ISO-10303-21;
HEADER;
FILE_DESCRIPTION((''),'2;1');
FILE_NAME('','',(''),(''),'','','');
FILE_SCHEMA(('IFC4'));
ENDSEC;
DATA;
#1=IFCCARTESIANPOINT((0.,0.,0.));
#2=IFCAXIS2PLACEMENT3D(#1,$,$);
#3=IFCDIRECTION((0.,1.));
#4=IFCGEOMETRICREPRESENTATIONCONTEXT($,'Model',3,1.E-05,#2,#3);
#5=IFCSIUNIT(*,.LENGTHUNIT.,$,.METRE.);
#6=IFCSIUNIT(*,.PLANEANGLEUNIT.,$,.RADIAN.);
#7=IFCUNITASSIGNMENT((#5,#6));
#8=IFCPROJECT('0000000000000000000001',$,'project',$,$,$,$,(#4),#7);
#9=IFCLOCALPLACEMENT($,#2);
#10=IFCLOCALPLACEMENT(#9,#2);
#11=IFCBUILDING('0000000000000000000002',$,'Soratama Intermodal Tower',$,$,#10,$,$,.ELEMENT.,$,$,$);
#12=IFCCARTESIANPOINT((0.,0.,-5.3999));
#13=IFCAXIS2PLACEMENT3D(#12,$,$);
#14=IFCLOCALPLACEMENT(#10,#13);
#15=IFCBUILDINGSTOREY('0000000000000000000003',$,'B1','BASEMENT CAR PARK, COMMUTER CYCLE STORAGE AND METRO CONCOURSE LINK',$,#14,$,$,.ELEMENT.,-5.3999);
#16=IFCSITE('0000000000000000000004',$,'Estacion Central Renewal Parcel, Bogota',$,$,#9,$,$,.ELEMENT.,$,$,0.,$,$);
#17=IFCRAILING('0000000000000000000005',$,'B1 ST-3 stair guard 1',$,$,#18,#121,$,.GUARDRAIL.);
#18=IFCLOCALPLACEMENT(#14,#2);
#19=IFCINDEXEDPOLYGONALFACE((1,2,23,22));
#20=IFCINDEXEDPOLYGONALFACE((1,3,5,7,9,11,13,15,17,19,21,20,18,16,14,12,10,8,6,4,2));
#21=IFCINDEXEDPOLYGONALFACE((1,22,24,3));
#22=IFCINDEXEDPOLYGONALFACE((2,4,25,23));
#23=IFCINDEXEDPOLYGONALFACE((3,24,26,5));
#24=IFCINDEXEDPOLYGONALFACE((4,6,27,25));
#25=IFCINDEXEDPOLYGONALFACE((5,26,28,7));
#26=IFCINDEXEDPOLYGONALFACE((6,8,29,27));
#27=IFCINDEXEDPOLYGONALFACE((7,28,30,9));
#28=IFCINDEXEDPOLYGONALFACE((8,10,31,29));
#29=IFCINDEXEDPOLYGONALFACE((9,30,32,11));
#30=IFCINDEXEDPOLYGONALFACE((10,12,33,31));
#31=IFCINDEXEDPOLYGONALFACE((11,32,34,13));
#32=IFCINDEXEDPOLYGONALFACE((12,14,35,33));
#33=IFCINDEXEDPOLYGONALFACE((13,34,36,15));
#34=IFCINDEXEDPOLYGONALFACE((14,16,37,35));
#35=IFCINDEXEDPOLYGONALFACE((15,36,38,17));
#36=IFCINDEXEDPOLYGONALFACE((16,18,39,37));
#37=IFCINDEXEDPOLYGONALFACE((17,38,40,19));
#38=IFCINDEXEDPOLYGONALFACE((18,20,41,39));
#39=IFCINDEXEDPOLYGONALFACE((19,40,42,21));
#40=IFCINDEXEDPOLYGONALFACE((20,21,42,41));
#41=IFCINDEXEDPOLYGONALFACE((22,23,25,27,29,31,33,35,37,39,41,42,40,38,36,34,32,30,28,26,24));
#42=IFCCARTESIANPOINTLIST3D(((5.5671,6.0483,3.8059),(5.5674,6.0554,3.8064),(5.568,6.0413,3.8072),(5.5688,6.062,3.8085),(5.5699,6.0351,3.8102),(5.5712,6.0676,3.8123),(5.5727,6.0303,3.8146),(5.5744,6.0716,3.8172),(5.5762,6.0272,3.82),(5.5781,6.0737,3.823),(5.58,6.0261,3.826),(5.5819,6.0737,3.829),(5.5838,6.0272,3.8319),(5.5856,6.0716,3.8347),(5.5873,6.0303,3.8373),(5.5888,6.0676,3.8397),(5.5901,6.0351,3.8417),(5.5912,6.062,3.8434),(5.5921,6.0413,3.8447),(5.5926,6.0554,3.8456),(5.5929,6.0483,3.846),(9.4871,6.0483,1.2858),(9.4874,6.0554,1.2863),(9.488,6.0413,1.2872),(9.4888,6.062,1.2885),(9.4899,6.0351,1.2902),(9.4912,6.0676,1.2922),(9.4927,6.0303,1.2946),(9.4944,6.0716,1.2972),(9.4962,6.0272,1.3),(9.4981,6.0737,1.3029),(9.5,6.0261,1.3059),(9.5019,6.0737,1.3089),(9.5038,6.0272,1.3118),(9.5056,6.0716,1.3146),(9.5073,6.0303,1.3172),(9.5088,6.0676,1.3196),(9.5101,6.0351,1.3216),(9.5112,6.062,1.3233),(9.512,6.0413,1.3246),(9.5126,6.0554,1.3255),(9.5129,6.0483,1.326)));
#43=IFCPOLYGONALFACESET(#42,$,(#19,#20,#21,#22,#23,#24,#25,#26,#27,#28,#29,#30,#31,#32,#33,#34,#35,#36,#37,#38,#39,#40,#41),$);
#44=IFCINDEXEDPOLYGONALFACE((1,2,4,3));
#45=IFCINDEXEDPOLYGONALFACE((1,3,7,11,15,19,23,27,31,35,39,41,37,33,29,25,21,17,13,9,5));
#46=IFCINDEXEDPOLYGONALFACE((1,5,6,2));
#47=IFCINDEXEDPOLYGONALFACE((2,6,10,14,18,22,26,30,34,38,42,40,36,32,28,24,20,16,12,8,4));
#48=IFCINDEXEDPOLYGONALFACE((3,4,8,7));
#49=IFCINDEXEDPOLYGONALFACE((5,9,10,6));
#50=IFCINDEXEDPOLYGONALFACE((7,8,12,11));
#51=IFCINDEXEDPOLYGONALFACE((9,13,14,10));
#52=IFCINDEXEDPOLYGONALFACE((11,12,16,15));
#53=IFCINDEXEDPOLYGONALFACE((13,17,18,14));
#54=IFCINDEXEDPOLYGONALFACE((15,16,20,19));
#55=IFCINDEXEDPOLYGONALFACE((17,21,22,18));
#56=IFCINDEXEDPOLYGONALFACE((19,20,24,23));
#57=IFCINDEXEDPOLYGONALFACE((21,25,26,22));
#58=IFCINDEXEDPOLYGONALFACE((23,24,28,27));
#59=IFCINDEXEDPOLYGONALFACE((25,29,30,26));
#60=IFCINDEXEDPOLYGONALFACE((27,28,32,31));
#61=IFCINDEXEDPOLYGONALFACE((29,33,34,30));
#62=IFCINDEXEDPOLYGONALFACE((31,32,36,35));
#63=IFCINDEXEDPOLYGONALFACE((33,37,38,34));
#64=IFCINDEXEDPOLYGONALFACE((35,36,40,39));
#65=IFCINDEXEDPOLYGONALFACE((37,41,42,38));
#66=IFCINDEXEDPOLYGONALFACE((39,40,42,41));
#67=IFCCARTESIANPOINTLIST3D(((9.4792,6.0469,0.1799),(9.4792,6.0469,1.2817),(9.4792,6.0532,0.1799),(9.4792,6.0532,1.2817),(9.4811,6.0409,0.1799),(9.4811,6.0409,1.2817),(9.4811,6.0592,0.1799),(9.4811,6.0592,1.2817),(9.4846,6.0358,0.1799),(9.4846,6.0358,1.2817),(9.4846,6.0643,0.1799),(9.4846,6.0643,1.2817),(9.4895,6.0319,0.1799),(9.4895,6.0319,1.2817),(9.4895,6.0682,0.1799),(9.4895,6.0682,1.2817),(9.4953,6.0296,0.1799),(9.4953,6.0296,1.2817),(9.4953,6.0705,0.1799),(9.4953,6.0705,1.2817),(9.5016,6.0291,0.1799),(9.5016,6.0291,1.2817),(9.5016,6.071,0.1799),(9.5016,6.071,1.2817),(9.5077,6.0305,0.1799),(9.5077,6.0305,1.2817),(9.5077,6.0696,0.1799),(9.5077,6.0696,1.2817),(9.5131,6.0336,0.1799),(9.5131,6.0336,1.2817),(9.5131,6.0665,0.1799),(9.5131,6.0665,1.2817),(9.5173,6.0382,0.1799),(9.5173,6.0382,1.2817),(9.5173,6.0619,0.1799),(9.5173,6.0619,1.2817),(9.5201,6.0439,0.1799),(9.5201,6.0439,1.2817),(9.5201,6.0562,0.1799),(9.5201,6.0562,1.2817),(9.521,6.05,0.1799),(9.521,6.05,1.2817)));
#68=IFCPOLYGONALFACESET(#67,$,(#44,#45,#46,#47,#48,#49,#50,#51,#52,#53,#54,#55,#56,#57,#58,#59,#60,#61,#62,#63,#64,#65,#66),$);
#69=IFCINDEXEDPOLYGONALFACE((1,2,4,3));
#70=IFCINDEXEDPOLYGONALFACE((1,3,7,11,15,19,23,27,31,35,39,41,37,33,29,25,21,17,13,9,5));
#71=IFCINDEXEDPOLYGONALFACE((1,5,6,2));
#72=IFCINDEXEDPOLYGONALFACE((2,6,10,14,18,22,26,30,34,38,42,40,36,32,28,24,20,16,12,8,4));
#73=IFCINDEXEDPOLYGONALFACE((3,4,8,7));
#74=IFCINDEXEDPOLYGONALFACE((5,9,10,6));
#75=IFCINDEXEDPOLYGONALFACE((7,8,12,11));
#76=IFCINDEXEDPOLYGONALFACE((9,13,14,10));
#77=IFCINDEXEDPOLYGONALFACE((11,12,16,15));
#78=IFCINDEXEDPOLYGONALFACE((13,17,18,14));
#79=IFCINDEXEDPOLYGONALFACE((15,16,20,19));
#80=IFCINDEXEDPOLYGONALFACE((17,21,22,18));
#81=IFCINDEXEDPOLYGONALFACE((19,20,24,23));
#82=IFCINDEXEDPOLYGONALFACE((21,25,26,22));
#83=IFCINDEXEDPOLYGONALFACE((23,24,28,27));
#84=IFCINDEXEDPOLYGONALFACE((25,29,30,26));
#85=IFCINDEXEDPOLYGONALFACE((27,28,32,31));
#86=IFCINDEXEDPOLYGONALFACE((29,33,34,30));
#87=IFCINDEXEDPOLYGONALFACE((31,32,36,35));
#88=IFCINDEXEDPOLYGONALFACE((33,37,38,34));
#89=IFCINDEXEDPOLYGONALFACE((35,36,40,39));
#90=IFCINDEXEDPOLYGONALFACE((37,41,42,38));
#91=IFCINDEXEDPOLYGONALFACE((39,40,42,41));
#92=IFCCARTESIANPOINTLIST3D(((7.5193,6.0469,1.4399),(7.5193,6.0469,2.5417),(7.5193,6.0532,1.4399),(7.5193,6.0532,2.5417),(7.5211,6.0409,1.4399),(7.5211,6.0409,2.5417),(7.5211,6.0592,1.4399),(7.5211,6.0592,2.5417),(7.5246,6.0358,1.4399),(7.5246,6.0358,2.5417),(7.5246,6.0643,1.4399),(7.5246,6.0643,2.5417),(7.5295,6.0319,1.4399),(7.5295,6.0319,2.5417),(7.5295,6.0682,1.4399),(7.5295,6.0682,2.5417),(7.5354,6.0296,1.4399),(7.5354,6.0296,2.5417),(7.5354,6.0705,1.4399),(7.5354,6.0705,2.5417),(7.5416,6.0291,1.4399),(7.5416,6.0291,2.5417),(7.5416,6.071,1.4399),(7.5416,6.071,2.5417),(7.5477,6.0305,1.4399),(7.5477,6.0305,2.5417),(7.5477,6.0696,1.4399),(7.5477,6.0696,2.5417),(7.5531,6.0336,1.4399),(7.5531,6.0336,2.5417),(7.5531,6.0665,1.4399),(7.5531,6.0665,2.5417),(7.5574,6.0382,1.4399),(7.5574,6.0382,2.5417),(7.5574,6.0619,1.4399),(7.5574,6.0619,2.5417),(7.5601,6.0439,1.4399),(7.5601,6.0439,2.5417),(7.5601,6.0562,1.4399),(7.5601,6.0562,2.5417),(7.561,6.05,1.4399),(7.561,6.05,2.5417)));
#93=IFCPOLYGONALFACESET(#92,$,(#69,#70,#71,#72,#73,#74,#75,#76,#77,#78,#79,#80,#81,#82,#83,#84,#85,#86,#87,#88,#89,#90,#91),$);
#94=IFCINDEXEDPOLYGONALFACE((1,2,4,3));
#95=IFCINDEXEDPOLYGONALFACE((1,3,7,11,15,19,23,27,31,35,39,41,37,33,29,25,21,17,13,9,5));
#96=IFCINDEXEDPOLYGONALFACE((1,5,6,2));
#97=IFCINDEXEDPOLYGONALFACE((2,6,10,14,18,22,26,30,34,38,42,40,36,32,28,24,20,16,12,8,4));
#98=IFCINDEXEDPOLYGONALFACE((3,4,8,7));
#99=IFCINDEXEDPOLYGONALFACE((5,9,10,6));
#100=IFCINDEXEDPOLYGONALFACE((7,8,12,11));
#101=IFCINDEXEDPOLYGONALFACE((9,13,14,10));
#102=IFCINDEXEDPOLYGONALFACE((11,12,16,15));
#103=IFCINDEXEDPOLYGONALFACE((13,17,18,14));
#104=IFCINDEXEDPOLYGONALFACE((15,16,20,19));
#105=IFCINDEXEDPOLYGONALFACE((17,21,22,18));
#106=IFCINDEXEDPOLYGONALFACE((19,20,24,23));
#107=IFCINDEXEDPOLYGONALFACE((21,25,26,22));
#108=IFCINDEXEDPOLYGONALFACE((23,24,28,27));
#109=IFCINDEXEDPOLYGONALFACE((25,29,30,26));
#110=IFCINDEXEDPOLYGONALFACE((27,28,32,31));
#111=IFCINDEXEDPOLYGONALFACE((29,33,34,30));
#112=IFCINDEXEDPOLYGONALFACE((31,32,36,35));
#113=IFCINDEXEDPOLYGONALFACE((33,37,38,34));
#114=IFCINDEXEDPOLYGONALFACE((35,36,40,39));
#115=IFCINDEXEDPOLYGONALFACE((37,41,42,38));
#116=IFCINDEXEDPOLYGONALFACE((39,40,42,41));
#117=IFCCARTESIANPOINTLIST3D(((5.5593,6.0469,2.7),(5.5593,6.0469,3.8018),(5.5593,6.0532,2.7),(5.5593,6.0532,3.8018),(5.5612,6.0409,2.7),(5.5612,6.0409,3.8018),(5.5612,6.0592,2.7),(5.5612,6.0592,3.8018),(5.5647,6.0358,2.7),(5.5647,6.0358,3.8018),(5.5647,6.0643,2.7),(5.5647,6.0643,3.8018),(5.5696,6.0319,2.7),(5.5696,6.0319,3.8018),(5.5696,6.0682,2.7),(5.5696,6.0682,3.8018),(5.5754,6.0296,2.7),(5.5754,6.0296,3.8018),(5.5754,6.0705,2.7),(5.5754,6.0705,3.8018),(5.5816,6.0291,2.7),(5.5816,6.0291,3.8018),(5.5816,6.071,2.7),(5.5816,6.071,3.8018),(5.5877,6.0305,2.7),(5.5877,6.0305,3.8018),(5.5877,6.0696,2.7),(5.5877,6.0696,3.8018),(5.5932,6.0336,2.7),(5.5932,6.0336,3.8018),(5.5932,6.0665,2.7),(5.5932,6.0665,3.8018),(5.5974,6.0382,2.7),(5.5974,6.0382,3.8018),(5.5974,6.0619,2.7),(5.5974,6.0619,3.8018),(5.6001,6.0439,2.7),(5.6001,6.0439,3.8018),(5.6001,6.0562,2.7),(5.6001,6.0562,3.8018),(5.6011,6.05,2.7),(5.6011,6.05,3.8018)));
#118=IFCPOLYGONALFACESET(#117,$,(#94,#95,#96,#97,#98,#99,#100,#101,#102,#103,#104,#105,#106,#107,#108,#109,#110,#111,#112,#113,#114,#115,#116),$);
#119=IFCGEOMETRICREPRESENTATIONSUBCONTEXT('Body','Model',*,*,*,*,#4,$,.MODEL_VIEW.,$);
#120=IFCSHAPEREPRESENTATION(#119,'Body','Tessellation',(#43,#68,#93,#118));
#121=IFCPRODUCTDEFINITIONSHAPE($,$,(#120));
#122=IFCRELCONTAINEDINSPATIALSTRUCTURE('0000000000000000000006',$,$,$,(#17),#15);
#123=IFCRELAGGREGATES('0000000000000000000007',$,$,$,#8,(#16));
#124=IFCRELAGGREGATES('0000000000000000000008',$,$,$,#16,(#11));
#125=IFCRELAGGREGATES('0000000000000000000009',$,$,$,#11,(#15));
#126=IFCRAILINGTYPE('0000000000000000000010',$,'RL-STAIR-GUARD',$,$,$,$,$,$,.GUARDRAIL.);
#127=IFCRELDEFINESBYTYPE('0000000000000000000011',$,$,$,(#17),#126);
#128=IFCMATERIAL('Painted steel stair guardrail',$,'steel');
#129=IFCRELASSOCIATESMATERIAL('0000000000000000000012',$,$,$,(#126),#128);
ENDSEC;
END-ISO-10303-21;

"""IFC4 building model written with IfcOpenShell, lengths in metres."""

from ifc_helpers import new_model, si_unit, direction, frame, origin, origin_2d, place, context, subcontext, project, spatial, circle, extrude, material, type_object, element, save


model = new_model("IFC4")

# Units and contexts
model_context = context("Model", 3, precision=1e-05, world=origin(), true_north=direction((0.0, 1.0)))
body_context = subcontext(model_context, "Body", "Model", "MODEL_VIEW")
ifc_project = project(units=[si_unit("LENGTHUNIT", "METRE"), si_unit("PLANEANGLEUNIT", "RADIAN")], contexts=[model_context])

# Site, building, storey
site_placement = place(None, origin())
site = spatial("IfcSite", under=ifc_project, at=site_placement, Name="Estacion Central Renewal Parcel, Bogota", CompositionType="ELEMENT", RefElevation=0.0)
building_placement = place(site_placement, origin())
building = spatial("IfcBuilding", under=site, at=building_placement, Name="Soratama Intermodal Tower", CompositionType="ELEMENT")
storey_placement = place(building_placement, frame((0.0, 0.0, -5.3999)))
storey = spatial("IfcBuildingStorey", under=building, at=storey_placement, Name="B1", Description="BASEMENT CAR PARK, COMMUTER CYCLE STORAGE AND METRO CONCOURSE LINK", CompositionType="ELEMENT", Elevation=-5.3999)

# Railing
ifc_material_1 = material(Name="Painted steel stair guardrail", Category="steel")
railing_type_1 = type_object("IfcRailingType", Name="RL-STAIR-GUARD", PredefinedType="GUARDRAIL", material=ifc_material_1)
railing_1_placement = place(storey_placement, frame((9.5, 6.05, 0.1799)))
element("IfcRailing", 1, at=railing_1_placement, inside=storey, type_object=railing_type_1, Name="B1 ST-3 stair guard 1", PredefinedType="GUARDRAIL", context=body_context, shape_type="SweptSolid", body=[
    extrude(circle(Radius=0.0239, at=origin_2d()), frame((0.0, 0.0, 1.126), z_axis=(-0.841172, 0.0, 0.540768), x_axis=(0.0, -1.0, 0.0)), (0.0, 0.0, 1.0), 4.6602),
    extrude(circle(Radius=0.021, at=origin_2d()), origin(), (0.0, 0.0, 1.0), 1.1018),
    extrude(circle(Radius=0.021, at=origin_2d()), frame((-1.96, 0.0, 1.26)), (0.0, 0.0, 1.0), 1.1018),
    extrude(circle(Radius=0.021, at=origin_2d()), frame((-3.9199, 0.0, 2.52)), (0.0, 0.0, 1.0), 1.1018),
])

save(model, "model.ifc")
